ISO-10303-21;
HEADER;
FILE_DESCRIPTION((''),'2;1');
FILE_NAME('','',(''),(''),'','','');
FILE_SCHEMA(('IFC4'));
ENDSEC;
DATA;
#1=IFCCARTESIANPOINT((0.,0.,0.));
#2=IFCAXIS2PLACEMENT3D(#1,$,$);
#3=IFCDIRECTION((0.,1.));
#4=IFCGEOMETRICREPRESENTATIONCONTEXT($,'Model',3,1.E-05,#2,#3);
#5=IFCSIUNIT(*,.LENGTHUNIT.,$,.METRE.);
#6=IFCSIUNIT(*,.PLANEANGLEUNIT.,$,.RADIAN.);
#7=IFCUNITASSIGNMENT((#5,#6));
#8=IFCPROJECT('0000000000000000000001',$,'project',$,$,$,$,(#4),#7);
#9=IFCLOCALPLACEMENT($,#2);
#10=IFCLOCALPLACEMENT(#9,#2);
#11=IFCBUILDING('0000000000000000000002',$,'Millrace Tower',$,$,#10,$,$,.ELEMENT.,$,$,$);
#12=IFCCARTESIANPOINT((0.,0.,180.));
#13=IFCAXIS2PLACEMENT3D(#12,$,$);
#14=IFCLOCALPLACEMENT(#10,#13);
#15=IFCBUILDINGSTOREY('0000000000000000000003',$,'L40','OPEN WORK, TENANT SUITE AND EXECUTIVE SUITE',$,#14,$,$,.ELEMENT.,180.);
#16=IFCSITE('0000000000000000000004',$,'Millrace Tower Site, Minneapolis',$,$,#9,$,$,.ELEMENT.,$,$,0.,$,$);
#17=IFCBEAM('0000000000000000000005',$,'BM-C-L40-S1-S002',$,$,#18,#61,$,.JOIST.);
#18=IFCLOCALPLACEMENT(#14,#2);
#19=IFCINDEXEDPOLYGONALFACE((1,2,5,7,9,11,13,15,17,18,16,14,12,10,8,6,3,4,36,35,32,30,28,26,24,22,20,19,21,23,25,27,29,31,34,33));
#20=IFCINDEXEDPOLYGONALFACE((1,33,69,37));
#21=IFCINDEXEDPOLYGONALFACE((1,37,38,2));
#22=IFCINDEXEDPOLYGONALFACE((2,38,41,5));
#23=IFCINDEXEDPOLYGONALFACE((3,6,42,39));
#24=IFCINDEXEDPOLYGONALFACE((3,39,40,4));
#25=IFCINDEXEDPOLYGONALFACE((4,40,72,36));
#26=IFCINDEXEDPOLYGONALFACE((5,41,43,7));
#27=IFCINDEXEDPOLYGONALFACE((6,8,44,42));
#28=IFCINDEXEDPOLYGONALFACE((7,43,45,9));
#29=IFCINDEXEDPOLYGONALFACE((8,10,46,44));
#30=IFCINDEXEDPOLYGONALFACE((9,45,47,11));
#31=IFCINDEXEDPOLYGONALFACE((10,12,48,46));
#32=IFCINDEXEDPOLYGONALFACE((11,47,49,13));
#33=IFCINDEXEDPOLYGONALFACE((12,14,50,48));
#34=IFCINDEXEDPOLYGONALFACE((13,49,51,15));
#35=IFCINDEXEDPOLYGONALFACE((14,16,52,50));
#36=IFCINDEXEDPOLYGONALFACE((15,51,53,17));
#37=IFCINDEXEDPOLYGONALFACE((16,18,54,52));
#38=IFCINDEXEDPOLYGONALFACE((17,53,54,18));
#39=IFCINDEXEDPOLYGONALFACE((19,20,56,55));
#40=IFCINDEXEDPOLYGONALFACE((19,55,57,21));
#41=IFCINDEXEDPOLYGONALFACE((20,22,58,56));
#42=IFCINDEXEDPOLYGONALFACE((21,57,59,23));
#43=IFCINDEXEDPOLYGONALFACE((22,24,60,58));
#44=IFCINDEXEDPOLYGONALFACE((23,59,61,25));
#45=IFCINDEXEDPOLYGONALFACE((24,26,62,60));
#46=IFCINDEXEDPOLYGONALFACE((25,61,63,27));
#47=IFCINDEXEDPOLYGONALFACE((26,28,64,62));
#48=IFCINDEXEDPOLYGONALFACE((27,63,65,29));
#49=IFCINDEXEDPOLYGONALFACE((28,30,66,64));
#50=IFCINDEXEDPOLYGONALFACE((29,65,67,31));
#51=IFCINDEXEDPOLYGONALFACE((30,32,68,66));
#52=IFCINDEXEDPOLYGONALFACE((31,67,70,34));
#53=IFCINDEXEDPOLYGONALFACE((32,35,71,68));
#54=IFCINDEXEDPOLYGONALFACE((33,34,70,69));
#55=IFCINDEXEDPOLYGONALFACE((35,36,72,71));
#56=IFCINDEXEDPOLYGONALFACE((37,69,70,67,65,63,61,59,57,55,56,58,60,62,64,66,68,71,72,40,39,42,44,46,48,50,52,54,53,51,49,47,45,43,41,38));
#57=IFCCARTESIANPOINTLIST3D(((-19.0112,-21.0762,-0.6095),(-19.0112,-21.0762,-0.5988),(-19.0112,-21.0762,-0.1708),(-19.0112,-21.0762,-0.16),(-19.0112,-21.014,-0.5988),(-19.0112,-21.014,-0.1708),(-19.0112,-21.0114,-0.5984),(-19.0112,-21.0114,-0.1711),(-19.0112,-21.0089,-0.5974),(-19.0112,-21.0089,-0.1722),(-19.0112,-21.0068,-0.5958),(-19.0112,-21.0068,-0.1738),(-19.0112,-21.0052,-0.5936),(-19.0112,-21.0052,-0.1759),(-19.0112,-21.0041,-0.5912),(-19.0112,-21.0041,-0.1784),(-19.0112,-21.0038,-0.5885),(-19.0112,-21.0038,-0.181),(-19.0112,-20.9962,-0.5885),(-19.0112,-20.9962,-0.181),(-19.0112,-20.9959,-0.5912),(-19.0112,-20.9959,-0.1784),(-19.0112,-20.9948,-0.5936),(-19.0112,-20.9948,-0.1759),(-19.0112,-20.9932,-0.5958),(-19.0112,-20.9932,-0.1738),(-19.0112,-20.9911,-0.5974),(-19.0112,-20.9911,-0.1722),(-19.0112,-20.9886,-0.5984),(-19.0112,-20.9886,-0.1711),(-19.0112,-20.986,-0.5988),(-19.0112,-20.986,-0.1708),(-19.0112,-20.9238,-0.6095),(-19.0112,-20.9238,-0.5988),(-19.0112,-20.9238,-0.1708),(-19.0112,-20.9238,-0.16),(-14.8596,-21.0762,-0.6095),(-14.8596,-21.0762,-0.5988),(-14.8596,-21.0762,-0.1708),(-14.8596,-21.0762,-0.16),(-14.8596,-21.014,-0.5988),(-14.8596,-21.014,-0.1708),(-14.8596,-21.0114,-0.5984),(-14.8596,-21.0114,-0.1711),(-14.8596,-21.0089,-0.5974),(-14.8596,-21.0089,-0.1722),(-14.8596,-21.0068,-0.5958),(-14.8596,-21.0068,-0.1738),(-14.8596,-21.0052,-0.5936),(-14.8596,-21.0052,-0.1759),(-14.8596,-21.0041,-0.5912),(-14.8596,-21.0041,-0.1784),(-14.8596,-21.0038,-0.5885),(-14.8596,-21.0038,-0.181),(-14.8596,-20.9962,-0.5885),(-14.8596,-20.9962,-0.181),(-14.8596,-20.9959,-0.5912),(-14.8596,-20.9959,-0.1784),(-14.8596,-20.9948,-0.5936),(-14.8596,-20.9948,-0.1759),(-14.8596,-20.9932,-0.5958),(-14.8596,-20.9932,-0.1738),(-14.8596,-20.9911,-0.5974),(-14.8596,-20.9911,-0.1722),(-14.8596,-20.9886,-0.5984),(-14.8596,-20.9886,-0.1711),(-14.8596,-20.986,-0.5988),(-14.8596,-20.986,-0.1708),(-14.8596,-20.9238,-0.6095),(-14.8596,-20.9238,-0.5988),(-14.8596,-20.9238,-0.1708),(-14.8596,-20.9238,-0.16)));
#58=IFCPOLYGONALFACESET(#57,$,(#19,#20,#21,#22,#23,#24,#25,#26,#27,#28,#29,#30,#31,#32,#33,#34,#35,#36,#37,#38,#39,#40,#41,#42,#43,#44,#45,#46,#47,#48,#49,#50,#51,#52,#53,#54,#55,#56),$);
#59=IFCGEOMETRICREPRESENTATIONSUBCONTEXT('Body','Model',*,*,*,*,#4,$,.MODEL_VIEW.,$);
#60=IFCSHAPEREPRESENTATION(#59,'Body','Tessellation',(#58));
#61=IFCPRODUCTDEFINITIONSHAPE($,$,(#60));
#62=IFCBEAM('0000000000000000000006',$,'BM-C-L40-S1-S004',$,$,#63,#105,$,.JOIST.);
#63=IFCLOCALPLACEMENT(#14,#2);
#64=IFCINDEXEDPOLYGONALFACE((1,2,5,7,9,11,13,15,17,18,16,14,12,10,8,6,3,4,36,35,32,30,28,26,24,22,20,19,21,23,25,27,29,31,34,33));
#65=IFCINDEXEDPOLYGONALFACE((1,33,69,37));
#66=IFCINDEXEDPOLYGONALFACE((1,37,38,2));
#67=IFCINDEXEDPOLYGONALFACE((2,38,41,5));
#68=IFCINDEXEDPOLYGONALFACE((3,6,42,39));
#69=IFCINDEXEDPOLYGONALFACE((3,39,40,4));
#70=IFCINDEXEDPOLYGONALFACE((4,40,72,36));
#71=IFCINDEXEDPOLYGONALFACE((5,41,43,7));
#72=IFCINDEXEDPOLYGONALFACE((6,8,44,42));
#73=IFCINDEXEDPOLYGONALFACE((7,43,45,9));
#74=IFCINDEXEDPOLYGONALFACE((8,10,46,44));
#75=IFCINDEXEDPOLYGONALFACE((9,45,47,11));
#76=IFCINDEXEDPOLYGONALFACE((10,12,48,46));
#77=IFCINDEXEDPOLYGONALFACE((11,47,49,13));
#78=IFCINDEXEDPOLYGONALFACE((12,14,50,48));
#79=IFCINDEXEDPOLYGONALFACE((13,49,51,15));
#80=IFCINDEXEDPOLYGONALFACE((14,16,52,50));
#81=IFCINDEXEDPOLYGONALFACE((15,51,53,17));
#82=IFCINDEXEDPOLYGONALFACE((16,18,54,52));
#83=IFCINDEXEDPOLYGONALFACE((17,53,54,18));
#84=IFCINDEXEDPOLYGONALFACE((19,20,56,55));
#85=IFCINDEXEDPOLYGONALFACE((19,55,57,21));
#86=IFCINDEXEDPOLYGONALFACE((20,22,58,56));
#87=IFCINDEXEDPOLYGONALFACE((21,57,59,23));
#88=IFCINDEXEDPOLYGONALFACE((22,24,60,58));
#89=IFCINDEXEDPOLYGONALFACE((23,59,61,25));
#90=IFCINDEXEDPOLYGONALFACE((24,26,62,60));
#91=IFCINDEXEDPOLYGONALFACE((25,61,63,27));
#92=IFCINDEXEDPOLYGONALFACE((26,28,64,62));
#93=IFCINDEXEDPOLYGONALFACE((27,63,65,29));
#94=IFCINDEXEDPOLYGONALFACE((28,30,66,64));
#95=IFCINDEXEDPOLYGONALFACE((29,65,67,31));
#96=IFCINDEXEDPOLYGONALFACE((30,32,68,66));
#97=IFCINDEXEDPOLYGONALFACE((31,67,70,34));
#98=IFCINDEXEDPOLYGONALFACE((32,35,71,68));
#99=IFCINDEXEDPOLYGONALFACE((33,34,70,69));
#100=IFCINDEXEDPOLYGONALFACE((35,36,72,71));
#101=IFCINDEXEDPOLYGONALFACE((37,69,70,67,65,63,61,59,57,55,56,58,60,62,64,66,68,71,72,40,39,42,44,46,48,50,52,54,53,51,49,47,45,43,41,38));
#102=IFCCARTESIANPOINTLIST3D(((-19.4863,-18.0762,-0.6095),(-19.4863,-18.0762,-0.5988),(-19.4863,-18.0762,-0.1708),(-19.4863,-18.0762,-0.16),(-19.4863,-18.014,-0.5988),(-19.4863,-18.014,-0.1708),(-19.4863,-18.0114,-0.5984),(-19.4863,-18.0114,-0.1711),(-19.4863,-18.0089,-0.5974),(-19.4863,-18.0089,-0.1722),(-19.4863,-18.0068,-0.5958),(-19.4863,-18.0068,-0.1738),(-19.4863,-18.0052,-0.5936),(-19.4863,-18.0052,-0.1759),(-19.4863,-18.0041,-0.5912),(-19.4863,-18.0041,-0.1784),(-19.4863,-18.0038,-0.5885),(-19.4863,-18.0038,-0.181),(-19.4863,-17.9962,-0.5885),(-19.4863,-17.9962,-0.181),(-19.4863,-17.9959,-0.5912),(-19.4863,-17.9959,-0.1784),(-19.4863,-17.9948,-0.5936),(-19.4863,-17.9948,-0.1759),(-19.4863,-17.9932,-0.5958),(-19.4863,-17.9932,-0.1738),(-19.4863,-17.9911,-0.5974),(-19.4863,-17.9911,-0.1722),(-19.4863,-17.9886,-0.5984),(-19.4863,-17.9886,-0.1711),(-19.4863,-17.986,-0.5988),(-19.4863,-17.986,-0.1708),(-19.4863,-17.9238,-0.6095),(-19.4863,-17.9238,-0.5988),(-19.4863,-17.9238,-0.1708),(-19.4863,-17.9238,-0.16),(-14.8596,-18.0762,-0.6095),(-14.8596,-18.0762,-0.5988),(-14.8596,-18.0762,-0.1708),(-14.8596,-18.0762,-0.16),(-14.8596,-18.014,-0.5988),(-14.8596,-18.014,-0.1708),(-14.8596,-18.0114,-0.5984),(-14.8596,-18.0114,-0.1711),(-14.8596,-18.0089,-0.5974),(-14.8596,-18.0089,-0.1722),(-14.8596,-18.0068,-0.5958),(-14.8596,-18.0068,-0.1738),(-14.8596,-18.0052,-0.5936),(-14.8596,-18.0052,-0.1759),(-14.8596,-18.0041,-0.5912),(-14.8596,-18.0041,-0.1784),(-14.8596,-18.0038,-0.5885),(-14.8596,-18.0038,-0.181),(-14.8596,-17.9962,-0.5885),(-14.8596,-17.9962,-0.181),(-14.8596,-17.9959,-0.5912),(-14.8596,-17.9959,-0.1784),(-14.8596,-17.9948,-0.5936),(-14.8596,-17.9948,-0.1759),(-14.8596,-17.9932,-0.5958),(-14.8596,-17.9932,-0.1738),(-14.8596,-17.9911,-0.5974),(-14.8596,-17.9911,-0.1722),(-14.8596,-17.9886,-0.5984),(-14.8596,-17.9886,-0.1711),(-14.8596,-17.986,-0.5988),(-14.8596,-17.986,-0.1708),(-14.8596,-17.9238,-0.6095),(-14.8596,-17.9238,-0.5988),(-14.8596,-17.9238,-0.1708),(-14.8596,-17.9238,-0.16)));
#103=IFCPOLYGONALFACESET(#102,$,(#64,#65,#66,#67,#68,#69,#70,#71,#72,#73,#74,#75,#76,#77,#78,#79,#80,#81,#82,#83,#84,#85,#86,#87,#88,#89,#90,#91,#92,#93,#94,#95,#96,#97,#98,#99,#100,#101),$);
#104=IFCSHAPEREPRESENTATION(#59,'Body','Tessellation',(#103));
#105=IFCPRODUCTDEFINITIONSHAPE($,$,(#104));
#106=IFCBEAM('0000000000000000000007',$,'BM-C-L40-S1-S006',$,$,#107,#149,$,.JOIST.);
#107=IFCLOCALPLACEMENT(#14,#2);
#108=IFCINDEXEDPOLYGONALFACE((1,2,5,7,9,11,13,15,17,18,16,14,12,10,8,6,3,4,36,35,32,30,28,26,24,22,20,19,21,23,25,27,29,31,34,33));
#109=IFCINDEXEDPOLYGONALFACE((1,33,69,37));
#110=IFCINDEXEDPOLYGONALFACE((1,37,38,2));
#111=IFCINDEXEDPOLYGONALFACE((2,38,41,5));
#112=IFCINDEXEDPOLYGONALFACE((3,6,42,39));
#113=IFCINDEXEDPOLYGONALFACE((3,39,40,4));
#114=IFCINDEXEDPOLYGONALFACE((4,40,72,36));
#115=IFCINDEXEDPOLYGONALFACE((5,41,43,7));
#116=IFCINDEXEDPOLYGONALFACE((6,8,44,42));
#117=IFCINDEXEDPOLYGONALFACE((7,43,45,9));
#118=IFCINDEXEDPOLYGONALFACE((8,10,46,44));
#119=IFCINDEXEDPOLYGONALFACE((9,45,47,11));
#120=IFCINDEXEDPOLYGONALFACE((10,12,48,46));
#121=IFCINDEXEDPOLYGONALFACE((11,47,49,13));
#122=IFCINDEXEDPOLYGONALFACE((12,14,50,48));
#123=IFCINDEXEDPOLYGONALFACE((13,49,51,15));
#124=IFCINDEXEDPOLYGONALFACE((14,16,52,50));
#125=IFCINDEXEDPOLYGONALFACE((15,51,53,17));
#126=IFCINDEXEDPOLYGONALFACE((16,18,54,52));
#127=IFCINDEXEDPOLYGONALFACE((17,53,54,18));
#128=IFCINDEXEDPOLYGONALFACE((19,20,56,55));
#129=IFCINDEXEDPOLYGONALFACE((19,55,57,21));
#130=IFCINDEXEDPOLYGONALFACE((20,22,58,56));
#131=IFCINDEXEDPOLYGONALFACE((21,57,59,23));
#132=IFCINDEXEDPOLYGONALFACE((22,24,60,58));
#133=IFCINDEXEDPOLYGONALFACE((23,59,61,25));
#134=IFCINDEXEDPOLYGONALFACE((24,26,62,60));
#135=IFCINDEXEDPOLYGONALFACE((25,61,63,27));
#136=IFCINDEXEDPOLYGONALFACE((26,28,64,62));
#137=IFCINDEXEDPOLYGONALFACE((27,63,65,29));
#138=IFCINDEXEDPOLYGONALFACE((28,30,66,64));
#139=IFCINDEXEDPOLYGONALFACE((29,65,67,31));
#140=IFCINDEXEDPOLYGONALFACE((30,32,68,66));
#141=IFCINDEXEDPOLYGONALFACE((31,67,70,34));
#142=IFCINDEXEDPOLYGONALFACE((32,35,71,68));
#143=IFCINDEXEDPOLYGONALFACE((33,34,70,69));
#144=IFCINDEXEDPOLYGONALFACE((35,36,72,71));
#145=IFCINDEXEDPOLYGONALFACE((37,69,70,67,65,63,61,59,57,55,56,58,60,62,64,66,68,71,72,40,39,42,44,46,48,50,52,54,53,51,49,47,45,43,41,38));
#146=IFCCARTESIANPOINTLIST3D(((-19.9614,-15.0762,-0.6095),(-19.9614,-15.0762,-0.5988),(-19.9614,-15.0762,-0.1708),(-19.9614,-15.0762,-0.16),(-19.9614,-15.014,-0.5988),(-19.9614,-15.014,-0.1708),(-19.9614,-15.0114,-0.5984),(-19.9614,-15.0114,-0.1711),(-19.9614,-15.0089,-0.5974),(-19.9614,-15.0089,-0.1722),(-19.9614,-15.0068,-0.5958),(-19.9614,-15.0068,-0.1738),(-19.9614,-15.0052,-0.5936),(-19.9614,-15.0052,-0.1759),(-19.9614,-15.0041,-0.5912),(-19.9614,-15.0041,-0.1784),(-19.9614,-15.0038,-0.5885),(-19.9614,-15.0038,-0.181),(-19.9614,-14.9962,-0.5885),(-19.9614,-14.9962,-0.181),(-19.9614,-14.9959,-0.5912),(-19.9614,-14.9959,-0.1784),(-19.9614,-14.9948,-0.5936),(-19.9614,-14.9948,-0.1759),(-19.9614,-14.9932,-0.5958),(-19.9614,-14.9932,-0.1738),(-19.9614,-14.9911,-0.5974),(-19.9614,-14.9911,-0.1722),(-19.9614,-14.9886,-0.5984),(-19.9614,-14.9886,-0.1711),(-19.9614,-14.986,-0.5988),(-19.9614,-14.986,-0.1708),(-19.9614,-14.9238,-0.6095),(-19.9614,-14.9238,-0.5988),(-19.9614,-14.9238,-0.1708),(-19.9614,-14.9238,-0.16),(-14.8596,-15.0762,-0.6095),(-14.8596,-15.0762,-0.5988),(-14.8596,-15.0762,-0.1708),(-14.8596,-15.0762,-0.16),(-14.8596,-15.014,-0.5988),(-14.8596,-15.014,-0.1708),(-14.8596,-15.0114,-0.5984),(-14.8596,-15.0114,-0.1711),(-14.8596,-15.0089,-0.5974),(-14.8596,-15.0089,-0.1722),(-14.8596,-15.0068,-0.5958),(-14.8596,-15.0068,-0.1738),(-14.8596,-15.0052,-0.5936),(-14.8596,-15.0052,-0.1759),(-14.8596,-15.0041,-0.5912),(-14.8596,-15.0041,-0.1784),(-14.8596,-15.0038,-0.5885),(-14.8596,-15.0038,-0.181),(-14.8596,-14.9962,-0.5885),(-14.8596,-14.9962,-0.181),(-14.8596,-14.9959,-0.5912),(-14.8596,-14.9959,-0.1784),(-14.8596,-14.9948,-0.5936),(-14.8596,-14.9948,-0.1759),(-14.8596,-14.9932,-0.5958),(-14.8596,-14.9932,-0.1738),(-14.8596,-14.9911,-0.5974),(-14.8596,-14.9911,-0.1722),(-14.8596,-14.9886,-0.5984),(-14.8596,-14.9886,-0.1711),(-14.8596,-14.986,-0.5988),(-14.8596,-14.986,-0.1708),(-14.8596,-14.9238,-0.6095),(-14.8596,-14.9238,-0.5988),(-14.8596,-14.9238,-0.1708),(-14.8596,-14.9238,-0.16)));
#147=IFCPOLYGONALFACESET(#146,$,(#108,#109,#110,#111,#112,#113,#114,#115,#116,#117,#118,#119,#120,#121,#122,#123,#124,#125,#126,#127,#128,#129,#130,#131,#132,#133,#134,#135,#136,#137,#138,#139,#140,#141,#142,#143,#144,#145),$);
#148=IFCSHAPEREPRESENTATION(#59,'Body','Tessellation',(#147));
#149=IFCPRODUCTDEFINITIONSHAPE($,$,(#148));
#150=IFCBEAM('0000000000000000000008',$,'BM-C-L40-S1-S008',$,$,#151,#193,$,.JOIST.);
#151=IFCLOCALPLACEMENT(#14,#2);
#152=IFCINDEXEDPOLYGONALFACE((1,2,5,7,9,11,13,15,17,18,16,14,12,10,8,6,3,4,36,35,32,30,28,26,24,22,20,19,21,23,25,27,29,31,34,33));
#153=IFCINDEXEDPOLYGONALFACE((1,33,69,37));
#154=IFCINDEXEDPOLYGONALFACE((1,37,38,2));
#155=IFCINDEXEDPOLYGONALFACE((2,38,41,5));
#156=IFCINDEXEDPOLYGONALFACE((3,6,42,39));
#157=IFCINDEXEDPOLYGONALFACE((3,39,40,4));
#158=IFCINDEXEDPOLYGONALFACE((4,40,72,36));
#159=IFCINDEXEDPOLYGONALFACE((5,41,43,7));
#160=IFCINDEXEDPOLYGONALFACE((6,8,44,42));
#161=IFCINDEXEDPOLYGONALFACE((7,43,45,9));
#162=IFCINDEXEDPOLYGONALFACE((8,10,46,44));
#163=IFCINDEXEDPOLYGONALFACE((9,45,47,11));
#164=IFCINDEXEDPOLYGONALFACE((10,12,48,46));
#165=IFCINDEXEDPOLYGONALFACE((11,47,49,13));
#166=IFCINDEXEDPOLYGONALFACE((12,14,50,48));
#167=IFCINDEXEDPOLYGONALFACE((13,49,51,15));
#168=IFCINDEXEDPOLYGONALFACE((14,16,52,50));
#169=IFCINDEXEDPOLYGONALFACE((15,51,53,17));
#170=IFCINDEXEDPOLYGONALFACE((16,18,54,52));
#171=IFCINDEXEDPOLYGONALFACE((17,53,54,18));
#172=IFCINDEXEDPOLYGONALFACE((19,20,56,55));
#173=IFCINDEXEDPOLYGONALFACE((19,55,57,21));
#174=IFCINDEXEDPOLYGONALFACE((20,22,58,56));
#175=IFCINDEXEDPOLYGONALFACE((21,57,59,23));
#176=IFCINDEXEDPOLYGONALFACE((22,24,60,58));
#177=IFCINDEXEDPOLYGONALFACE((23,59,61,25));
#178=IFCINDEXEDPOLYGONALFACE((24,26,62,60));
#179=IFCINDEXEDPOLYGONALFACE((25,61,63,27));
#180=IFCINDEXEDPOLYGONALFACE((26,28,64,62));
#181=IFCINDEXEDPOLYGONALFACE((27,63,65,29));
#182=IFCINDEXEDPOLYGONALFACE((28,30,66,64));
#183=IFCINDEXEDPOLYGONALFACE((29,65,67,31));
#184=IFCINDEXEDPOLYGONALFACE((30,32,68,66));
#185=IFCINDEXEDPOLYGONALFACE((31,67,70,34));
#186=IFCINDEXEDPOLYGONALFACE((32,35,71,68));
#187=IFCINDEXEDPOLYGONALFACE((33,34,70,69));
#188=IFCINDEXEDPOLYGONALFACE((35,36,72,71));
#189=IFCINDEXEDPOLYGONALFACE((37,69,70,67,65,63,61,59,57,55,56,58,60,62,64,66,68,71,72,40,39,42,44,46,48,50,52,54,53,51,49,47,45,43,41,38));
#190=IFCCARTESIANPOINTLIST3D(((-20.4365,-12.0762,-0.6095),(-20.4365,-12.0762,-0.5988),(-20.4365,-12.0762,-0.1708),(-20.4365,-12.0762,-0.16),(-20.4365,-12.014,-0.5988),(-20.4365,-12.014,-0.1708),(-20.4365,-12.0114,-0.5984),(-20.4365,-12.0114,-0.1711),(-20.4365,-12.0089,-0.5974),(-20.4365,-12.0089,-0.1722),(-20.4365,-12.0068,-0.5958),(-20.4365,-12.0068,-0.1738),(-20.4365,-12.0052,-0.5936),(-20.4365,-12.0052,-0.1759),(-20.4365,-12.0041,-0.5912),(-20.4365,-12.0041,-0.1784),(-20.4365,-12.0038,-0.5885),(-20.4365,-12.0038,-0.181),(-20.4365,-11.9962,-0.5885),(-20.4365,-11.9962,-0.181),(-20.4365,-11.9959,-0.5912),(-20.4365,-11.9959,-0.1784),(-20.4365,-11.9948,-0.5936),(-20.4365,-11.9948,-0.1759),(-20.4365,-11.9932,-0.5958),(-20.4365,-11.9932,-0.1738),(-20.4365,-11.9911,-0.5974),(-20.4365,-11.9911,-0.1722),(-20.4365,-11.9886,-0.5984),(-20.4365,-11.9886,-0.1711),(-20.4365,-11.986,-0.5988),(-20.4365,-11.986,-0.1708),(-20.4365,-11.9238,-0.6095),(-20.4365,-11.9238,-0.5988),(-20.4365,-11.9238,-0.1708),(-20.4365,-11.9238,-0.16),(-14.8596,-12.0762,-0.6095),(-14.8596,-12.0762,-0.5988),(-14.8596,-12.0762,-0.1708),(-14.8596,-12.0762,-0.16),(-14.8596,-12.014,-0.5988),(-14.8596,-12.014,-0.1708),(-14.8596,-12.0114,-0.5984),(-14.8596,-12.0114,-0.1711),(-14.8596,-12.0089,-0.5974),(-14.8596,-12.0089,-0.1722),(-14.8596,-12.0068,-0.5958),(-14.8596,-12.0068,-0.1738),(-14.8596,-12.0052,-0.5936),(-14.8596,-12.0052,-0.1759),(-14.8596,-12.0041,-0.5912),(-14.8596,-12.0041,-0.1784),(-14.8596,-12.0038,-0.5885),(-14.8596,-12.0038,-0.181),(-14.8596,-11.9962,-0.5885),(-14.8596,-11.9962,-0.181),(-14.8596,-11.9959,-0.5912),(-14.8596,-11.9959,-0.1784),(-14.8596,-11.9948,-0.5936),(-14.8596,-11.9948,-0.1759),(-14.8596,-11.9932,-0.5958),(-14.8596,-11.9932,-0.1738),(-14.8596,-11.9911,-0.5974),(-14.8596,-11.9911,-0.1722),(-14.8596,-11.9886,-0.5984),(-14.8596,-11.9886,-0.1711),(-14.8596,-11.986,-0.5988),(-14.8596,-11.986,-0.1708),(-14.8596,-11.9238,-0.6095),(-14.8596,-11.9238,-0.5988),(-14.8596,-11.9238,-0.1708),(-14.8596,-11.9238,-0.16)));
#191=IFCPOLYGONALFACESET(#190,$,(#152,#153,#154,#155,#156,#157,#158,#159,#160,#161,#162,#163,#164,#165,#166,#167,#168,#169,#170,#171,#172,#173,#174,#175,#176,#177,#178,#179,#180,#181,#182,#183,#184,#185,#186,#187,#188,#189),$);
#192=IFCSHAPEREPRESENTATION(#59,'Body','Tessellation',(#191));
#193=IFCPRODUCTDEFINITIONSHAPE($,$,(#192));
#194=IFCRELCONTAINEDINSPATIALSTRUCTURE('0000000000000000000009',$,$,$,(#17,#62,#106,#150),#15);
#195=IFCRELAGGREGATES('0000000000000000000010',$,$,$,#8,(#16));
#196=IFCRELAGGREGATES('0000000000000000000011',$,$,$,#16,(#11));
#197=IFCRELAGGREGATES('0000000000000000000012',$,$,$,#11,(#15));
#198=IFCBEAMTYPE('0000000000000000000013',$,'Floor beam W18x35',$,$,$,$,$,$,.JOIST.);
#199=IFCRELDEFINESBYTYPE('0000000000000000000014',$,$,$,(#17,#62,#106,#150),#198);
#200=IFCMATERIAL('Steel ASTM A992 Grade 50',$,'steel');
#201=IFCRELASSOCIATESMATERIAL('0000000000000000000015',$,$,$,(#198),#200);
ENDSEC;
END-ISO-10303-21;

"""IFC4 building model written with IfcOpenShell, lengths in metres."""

from ifc_helpers import new_model, si_unit, direction, frame, origin, origin_2d, place, context, subcontext, project, spatial, i_section, extrude, material, material_profile, profile_set, type_object, element, save


model = new_model("IFC4")

# Units and contexts
model_context = context("Model", 3, precision=1e-05, world=origin(), true_north=direction((0.0, 1.0)))
body_context = subcontext(model_context, "Body", "Model", "MODEL_VIEW")
ifc_project = project(units=[si_unit("LENGTHUNIT", "METRE"), si_unit("PLANEANGLEUNIT", "RADIAN")], contexts=[model_context])

# Site, building, storey
site_placement = place(None, origin())
site = spatial("IfcSite", under=ifc_project, at=site_placement, Name="Millrace Tower Site, Minneapolis", CompositionType="ELEMENT", RefElevation=0.0)
building_placement = place(site_placement, origin())
building = spatial("IfcBuilding", under=site, at=building_placement, Name="Millrace Tower", CompositionType="ELEMENT")
storey_placement = place(building_placement, frame((0.0, 0.0, 180.0)))
storey = spatial("IfcBuildingStorey", under=building, at=storey_placement, Name="L40", Description="OPEN WORK, TENANT SUITE AND EXECUTIVE SUITE", CompositionType="ELEMENT", Elevation=180.0)

# Beams
ifc_material_1 = material(Name="Steel ASTM A992 Grade 50", Category="steel")
ifc_material_profile_1 = material_profile(ifc_material_1, i_section(OverallWidth=0.1523, OverallDepth=0.4495, WebThickness=0.0076, FlangeThickness=0.0107, FilletRadius=0.0103, at=origin_2d()))
ifc_profile_set_1 = profile_set([ifc_material_profile_1], Name="Steel ASTM A992 Grade 50")
beam_type_1 = type_object("IfcBeamType", Name="Floor beam W18x35", PredefinedType="JOIST", material=ifc_profile_set_1)
beam_1_placement = place(storey_placement, frame((-19.0112, -21.0, -0.3848), z_axis=(1.0, 0.0, 0.0), x_axis=(0.0, 1.0, 0.0)))
element("IfcBeam", 1, at=beam_1_placement, inside=storey, type_object=beam_type_1, Name="BM-C-L40-S1-S002", PredefinedType="JOIST", context=body_context, shape_type="SweptSolid", body=[
    extrude(i_section(OverallWidth=0.1523, OverallDepth=0.4495, WebThickness=0.0076, FlangeThickness=0.0107, FilletRadius=0.0103, at=origin_2d()), origin(), (0.0, 0.0, 1.0), 4.1516),
])
beam_2_placement = place(storey_placement, frame((-19.4863, -18.0, -0.3848), z_axis=(1.0, 0.0, 0.0), x_axis=(0.0, 1.0, 0.0)))
element("IfcBeam", 2, at=beam_2_placement, inside=storey, type_object=beam_type_1, Name="BM-C-L40-S1-S004", PredefinedType="JOIST", context=body_context, shape_type="SweptSolid", body=[
    extrude(i_section(OverallWidth=0.1523, OverallDepth=0.4495, WebThickness=0.0076, FlangeThickness=0.0107, FilletRadius=0.0103, at=origin_2d()), origin(), (0.0, 0.0, 1.0), 4.6267),
])
beam_3_placement = place(storey_placement, frame((-19.9614, -15.0, -0.3848), z_axis=(1.0, 0.0, 0.0), x_axis=(0.0, 1.0, 0.0)))
element("IfcBeam", 3, at=beam_3_placement, inside=storey, type_object=beam_type_1, Name="BM-C-L40-S1-S006", PredefinedType="JOIST", context=body_context, shape_type="SweptSolid", body=[
    extrude(i_section(OverallWidth=0.1523, OverallDepth=0.4495, WebThickness=0.0076, FlangeThickness=0.0107, FilletRadius=0.0103, at=origin_2d()), origin(), (0.0, 0.0, 1.0), 5.1018),
])
beam_4_placement = place(storey_placement, frame((-20.4365, -12.0, -0.3848), z_axis=(1.0, 0.0, 0.0), x_axis=(0.0, 1.0, 0.0)))
element("IfcBeam", 4, at=beam_4_placement, inside=storey, type_object=beam_type_1, Name="BM-C-L40-S1-S008", PredefinedType="JOIST", context=body_context, shape_type="SweptSolid", body=[
    extrude(i_section(OverallWidth=0.1523, OverallDepth=0.4495, WebThickness=0.0076, FlangeThickness=0.0107, FilletRadius=0.0103, at=origin_2d()), origin(), (0.0, 0.0, 1.0), 5.5769),
])

save(model, "model.ifc")
